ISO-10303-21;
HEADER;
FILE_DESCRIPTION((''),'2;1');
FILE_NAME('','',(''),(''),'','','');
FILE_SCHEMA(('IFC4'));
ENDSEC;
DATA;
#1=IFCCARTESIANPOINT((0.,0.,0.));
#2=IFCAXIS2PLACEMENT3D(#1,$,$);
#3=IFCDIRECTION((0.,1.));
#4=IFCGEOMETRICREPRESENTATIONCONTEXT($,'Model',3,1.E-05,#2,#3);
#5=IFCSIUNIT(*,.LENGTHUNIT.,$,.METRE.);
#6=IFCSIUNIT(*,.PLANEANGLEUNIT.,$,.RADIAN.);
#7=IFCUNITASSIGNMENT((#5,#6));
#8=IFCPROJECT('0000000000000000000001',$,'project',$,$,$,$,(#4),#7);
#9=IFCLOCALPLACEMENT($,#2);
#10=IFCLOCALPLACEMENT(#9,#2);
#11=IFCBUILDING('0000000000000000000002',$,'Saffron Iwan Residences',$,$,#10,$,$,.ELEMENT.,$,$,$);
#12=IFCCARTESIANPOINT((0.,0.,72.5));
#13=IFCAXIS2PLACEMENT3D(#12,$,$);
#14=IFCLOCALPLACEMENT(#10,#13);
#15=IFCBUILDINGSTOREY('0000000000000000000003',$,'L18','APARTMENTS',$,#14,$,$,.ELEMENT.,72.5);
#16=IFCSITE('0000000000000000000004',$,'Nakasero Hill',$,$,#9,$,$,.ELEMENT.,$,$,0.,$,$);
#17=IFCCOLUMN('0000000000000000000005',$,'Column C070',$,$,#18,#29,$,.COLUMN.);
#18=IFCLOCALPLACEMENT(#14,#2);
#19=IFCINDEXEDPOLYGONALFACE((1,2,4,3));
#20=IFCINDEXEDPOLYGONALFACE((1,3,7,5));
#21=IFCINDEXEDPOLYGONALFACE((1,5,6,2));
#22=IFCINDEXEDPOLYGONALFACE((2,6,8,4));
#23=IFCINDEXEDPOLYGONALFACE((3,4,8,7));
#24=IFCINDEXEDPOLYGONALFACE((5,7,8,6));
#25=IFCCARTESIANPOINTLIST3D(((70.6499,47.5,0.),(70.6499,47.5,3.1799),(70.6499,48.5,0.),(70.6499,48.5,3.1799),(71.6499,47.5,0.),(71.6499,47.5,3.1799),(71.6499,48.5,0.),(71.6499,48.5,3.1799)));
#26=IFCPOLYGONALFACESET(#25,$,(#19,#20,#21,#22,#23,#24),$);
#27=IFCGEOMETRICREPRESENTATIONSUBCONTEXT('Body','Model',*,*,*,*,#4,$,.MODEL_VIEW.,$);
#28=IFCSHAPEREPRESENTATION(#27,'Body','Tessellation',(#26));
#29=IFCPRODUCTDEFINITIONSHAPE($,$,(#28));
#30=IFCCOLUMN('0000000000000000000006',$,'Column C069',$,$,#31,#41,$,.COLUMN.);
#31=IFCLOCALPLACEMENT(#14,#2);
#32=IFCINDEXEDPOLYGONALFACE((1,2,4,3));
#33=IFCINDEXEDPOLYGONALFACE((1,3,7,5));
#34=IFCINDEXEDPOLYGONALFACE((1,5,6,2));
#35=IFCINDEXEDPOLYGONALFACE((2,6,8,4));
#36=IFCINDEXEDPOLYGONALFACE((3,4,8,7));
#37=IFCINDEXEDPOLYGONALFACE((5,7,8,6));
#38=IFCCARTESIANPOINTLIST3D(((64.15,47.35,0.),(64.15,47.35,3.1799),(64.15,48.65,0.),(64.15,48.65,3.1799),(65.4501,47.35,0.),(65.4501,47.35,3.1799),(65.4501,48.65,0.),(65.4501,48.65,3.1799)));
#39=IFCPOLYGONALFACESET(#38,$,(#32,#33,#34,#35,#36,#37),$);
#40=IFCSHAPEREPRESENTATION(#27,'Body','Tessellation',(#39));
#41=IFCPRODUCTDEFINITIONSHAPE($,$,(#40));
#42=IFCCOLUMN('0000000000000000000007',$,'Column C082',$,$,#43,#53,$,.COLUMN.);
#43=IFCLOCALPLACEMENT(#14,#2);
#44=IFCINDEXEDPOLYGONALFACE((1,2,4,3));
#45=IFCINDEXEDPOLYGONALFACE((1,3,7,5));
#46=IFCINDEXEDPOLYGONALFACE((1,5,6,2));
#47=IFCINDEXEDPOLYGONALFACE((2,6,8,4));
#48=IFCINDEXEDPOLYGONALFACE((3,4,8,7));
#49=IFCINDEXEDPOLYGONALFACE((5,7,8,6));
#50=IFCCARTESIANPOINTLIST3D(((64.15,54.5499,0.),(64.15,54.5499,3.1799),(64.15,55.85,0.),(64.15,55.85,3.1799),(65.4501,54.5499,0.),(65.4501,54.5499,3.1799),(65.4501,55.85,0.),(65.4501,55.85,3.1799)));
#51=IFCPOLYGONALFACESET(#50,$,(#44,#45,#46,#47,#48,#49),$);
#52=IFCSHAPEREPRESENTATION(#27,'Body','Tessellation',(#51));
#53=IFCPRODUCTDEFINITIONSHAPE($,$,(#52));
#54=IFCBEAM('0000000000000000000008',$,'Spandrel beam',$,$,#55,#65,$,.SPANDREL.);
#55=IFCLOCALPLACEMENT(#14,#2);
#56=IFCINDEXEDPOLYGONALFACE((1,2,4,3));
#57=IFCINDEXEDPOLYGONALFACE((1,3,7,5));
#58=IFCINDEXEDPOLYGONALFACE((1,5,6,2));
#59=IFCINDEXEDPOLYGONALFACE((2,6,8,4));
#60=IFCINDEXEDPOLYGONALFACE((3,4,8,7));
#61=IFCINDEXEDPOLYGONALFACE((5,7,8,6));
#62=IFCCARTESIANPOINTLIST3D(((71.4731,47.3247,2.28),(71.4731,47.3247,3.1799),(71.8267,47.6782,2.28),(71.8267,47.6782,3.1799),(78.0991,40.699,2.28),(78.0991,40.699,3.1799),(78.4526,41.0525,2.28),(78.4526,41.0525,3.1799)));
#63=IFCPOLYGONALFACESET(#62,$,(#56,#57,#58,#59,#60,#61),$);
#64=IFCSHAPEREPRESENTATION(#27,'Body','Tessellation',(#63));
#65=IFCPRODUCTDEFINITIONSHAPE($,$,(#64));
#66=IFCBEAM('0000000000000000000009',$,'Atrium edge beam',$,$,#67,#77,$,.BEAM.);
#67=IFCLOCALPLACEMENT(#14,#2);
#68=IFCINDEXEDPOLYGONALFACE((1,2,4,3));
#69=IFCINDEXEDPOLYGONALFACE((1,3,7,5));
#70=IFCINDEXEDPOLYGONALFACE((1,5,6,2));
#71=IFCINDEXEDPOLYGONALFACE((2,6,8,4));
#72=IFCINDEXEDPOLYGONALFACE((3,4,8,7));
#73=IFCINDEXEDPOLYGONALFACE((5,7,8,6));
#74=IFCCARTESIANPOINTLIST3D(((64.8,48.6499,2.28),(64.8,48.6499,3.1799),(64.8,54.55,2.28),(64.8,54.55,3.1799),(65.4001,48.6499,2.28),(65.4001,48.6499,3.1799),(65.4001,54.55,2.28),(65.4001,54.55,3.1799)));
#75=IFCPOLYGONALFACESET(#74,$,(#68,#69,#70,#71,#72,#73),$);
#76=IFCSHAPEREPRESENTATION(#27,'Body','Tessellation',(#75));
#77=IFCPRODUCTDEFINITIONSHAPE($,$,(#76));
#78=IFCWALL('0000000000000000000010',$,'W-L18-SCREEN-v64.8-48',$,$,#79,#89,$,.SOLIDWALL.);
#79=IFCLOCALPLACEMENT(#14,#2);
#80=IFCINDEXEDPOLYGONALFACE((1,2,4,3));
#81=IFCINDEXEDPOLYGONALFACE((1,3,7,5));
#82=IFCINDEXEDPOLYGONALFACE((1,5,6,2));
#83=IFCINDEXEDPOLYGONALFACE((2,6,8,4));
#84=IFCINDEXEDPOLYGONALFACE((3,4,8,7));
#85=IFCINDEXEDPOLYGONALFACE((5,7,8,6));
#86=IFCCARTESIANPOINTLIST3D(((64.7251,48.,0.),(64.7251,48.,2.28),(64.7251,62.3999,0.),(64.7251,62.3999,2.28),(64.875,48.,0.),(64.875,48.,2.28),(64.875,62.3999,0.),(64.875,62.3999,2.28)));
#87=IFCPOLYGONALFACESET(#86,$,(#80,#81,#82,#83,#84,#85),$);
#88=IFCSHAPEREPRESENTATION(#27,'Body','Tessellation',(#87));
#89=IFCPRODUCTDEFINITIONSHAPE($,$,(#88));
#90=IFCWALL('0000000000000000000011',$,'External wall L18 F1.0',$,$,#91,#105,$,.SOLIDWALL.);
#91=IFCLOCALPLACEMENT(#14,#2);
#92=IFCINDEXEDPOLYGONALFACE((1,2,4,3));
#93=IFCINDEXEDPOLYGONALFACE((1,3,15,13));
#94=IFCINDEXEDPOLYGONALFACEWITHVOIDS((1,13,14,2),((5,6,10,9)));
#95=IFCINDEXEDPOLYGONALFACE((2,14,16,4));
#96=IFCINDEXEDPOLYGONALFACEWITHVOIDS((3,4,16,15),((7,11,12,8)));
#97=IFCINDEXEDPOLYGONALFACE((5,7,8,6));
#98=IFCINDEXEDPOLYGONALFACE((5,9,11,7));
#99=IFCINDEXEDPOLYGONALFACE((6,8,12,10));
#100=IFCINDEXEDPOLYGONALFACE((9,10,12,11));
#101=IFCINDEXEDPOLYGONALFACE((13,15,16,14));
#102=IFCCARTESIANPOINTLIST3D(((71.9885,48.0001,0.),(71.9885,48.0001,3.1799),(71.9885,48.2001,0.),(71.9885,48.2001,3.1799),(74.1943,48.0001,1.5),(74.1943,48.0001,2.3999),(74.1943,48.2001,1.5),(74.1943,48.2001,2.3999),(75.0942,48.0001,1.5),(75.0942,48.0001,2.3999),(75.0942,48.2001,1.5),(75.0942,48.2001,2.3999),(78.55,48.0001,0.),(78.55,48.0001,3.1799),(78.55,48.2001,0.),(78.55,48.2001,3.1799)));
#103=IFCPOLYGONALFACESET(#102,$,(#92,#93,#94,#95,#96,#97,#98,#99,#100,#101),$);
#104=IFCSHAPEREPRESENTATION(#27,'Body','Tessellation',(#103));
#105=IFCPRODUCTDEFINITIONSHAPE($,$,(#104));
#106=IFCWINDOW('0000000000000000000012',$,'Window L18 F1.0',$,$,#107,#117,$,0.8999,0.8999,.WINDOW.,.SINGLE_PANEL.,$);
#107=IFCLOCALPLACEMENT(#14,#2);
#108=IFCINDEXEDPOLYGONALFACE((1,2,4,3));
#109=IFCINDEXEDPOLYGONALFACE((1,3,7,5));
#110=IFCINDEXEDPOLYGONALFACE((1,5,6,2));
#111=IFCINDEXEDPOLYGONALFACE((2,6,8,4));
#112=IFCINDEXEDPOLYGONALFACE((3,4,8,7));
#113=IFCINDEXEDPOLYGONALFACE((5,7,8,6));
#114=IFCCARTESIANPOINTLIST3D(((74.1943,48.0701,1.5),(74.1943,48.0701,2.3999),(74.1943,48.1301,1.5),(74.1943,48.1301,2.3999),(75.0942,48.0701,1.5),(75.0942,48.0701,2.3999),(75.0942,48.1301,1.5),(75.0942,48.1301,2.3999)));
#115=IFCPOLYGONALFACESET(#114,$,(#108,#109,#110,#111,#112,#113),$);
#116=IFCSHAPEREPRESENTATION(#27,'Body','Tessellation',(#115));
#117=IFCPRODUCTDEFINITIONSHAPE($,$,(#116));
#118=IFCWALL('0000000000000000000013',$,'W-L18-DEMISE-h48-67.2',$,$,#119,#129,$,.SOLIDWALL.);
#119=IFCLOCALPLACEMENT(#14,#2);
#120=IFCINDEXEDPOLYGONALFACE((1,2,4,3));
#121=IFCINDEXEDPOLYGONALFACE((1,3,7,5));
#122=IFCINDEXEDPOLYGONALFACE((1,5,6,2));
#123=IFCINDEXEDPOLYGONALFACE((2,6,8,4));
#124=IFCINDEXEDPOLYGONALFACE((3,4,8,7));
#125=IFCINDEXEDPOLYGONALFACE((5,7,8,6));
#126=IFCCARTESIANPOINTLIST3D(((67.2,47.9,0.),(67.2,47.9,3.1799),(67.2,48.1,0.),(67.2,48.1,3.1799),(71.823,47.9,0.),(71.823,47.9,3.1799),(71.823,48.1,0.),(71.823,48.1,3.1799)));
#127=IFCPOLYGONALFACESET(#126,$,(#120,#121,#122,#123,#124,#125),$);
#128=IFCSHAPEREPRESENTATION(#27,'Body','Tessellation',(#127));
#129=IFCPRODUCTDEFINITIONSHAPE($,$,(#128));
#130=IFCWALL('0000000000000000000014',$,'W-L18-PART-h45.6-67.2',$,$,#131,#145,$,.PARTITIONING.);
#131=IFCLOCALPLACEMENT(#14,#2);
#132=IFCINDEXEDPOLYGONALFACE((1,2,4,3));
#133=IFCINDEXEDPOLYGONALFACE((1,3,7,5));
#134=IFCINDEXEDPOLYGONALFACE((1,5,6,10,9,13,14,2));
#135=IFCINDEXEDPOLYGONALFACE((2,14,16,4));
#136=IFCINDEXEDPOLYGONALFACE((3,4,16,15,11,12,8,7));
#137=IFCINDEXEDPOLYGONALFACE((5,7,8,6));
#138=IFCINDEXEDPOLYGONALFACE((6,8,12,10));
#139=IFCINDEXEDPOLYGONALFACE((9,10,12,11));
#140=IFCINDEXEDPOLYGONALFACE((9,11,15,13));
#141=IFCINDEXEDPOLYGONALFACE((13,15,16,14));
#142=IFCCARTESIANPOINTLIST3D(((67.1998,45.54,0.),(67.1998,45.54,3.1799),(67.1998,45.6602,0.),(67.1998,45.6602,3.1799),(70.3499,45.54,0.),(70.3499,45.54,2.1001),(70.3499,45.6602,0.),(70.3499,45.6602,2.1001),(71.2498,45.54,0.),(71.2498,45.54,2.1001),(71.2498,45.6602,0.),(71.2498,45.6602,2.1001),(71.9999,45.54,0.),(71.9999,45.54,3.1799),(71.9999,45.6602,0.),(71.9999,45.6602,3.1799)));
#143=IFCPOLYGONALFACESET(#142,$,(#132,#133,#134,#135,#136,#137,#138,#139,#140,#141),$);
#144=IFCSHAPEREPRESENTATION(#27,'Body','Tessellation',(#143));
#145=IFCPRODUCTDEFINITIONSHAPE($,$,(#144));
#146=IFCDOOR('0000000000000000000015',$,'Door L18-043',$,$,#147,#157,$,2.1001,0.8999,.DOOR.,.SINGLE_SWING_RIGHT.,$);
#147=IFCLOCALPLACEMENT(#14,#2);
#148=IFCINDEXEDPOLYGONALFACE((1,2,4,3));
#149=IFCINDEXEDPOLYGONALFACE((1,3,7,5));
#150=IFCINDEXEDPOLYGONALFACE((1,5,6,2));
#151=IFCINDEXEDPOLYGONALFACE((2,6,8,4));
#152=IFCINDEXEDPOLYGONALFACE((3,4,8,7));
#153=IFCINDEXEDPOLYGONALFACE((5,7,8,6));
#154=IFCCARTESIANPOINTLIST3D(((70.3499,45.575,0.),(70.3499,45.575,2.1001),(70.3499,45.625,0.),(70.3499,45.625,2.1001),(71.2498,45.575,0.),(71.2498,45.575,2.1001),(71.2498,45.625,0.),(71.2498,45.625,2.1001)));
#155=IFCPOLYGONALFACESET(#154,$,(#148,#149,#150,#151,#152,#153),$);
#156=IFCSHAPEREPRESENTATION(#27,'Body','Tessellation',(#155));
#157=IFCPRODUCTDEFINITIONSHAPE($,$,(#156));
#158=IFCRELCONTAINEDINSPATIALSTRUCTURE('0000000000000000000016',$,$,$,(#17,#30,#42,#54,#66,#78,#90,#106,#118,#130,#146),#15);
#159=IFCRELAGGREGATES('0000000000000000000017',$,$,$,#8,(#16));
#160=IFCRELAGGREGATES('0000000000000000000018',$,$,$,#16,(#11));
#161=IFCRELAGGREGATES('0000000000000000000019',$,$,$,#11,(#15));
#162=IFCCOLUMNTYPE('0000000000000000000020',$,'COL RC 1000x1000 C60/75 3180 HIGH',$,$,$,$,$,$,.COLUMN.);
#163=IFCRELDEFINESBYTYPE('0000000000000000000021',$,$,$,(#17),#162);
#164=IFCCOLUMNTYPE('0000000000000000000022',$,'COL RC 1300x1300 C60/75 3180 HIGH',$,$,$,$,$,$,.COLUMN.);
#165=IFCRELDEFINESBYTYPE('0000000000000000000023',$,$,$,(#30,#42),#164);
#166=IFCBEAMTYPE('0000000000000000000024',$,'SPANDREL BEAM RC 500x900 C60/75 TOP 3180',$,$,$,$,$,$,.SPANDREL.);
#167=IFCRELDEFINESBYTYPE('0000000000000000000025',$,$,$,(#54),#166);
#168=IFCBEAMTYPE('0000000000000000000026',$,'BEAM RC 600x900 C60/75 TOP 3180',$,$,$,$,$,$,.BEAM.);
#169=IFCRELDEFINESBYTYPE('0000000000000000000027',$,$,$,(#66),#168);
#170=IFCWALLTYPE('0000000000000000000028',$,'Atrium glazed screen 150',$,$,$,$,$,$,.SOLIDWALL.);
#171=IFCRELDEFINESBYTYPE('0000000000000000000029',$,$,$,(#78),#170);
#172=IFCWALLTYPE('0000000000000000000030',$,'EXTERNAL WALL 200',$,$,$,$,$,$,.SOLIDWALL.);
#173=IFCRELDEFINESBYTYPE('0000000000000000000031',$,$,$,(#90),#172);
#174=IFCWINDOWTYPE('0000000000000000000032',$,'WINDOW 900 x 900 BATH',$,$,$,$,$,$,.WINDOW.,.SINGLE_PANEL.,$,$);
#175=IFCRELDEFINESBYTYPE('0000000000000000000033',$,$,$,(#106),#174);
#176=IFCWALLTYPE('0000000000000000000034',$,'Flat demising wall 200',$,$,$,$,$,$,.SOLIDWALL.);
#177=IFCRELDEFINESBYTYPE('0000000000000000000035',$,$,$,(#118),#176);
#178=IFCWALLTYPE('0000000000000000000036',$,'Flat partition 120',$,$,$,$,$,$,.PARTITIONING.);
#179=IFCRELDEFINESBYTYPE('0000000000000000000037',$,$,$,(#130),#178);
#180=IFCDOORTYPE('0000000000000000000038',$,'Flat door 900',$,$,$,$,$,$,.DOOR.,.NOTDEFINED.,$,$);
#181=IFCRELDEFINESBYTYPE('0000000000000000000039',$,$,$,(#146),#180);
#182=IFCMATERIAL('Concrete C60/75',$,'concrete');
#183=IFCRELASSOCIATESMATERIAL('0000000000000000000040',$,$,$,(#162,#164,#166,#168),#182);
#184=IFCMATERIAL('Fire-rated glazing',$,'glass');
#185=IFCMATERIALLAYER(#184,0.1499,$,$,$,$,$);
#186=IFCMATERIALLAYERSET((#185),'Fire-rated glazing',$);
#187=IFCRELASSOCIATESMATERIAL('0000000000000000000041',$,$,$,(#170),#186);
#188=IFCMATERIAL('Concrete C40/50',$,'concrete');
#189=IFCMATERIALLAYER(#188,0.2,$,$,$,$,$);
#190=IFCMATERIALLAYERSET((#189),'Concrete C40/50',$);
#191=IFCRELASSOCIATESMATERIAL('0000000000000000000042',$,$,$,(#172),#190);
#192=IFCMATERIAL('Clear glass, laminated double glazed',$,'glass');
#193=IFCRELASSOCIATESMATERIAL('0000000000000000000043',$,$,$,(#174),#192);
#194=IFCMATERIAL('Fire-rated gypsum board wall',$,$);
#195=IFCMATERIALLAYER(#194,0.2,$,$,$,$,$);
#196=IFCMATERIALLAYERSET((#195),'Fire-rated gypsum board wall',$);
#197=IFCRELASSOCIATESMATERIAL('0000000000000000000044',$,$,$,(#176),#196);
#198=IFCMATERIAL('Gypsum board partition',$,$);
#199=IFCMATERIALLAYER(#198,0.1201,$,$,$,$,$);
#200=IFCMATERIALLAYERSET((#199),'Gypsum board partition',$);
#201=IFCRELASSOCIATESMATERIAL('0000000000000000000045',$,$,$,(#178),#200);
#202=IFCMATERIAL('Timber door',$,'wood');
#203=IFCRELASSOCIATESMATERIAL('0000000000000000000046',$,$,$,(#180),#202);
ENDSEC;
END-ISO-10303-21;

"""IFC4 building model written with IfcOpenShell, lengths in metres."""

from ifc_helpers import new_model, si_unit, direction, frame, frame_2d, origin, origin_2d, place, context, subcontext, project, spatial, rectangle, extrude, source, transform, mapped, material, layer, layer_set, material_profile, profile_set, type_object, element, fill, save


model = new_model("IFC4")

# Units and contexts
model_context = context("Model", 3, precision=1e-05, world=origin(), true_north=direction((0.0, 1.0)))
body_context = subcontext(model_context, "Body", "Model", "MODEL_VIEW")
ifc_project = project(units=[si_unit("LENGTHUNIT", "METRE"), si_unit("PLANEANGLEUNIT", "RADIAN")], contexts=[model_context])

# Site, building, storey
site_placement = place(None, origin())
site = spatial("IfcSite", under=ifc_project, at=site_placement, Name="Nakasero Hill", CompositionType="ELEMENT", RefElevation=0.0)
building_placement = place(site_placement, origin())
building = spatial("IfcBuilding", under=site, at=building_placement, Name="Saffron Iwan Residences", CompositionType="ELEMENT")
storey_placement = place(building_placement, frame((0.0, 0.0, 72.5)))
storey = spatial("IfcBuildingStorey", under=building, at=storey_placement, Name="L18", Description="APARTMENTS", CompositionType="ELEMENT", Elevation=72.5)

# Columns
ifc_material_1 = material(Name="Concrete C60/75", Category="concrete")
ifc_material_profile_1 = material_profile(ifc_material_1, rectangle(XDim=1.0, YDim=1.0, at=origin_2d()), Name="RC 1000x1000")
ifc_profile_set_1 = profile_set([ifc_material_profile_1], Name="Concrete C60/75")
column_type_1 = type_object("IfcColumnType", Name="COL RC 1000x1000 C60/75 3180 HIGH", PredefinedType="COLUMN", material=ifc_profile_set_1)
shared_shape_1 = source(origin(), body_context, "Body", "SweptSolid", [
    extrude(rectangle(XDim=1.0, YDim=1.0, at=origin_2d()), origin(), (0.0, 0.0, 1.0), 3.1799),
])
column_placement = place(storey_placement, frame((71.1499, 48.0, 0.0), z_axis=(0.0, 0.0, 1.0), x_axis=(1.0, 0.0, 0.0)))
element("IfcColumn", 1, at=column_placement, inside=storey, type_object=column_type_1, Name="Column C070", PredefinedType="COLUMN", context=body_context, shape_type="MappedRepresentation", body=[
    mapped(shared_shape_1, transform((0.0, 0.0, 0.0))),
])
ifc_material_profile_2 = material_profile(ifc_material_1, rectangle(XDim=1.3, YDim=1.3, at=origin_2d()), Name="RC 1300x1300")
ifc_profile_set_2 = profile_set([ifc_material_profile_2], Name="Concrete C60/75")
column_type_2 = type_object("IfcColumnType", Name="COL RC 1300x1300 C60/75 3180 HIGH", PredefinedType="COLUMN", material=ifc_profile_set_2)
shared_shape_2 = source(origin(), body_context, "Body", "SweptSolid", [
    extrude(rectangle(XDim=1.3, YDim=1.3, at=origin_2d()), origin(), (0.0, 0.0, 1.0), 3.1799),
])
for number, where, z_axis, x_axis, name in (
    (2, (64.8, 48.0, 0.0), (0.0, 0.0, 1.0), (1.0, 0.0, 0.0), "Column C069"),
    (3, (64.8, 55.2, 0.0), (0.0, 0.0, 1.0), (1.0, 0.0, 0.0), "Column C082"),
):
    element("IfcColumn", number, at=place(storey_placement, frame(where, z_axis=z_axis, x_axis=x_axis)), inside=storey, type_object=column_type_2, Name=name, PredefinedType="COLUMN", context=body_context, shape_type="MappedRepresentation", body=[
        mapped(shared_shape_2, transform((0.0, 0.0, 0.0))),
    ])

# Beams
ifc_material_profile_3 = material_profile(ifc_material_1, rectangle(XDim=0.5, YDim=0.8999, at=origin_2d()), Name="RC 500x900")
ifc_profile_set_3 = profile_set([ifc_material_profile_3], Name="Concrete C60/75")
beam_type_1 = type_object("IfcBeamType", Name="SPANDREL BEAM RC 500x900 C60/75 TOP 3180", PredefinedType="SPANDREL", material=ifc_profile_set_3)
shared_shape_3 = source(origin(), body_context, "Body", "SweptSolid", [
    extrude(rectangle(XDim=0.5, YDim=0.8999, at=origin_2d()), origin(), (0.0, 0.0, 1.0), 9.3704),
])
beam_1_placement = place(storey_placement, frame((71.6499, 47.5015, 2.73), z_axis=(0.70712, -0.707094, 0.0), x_axis=(0.707094, 0.70712, 0.0)))
element("IfcBeam", 4, at=beam_1_placement, inside=storey, type_object=beam_type_1, Name="Spandrel beam", PredefinedType="SPANDREL", context=body_context, shape_type="MappedRepresentation", body=[
    mapped(shared_shape_3, transform((0.0, 0.0, 0.0))),
])
ifc_material_profile_4 = material_profile(ifc_material_1, rectangle(XDim=0.6001, YDim=0.8999, at=origin_2d()), Name="RC 600x900")
ifc_profile_set_4 = profile_set([ifc_material_profile_4], Name="Concrete C60/75")
beam_type_2 = type_object("IfcBeamType", Name="BEAM RC 600x900 C60/75 TOP 3180", PredefinedType="BEAM", material=ifc_profile_set_4)
shared_shape_4 = source(origin(), body_context, "Body", "SweptSolid", [
    extrude(rectangle(XDim=0.6001, YDim=0.8999, at=origin_2d()), origin(), (0.0, 0.0, 1.0), 5.9001),
])
beam_2_placement = place(storey_placement, frame((65.1001, 54.55, 2.73), z_axis=(0.0, -1.0, 0.0), x_axis=(1.0, 0.0, 0.0)))
element("IfcBeam", 5, at=beam_2_placement, inside=storey, type_object=beam_type_2, Name="Atrium edge beam", PredefinedType="BEAM", context=body_context, shape_type="MappedRepresentation", body=[
    mapped(shared_shape_4, transform((0.0, 0.0, 0.0))),
])

# Wall
ifc_material_2 = material(Name="Fire-rated glazing", Category="glass")
ifc_layer_1 = layer(ifc_material_2, 0.1499)
ifc_layer_set_1 = layer_set([ifc_layer_1], Name="Fire-rated glazing")
wall_type_1 = type_object("IfcWallType", Name="Atrium glazed screen 150", PredefinedType="SOLIDWALL", material=ifc_layer_set_1)
wall_1_placement = place(storey_placement, frame((64.8, 48.0, 0.0), z_axis=(0.0, 0.0, 1.0), x_axis=(0.0, 1.0, 0.0)))
element("IfcWall", 6, at=wall_1_placement, inside=storey, type_object=wall_type_1, Name="W-L18-SCREEN-v64.8-48", PredefinedType="SOLIDWALL", context=body_context, shape_type="SweptSolid", body=[
    extrude(rectangle(XDim=14.3999, YDim=0.1499, at=frame_2d((7.2, 0.0))), origin(), (0.0, 0.0, 1.0), 2.28),
])

# Wall, opening, window
ifc_material_3 = material(Name="Concrete C40/50", Category="concrete")
ifc_layer_2 = layer(ifc_material_3, 0.2)
ifc_layer_set_2 = layer_set([ifc_layer_2], Name="Concrete C40/50")
wall_type_2 = type_object("IfcWallType", Name="EXTERNAL WALL 200", PredefinedType="SOLIDWALL", material=ifc_layer_set_2)
wall_2_placement = place(storey_placement, frame((71.9885, 48.1001, 0.0), z_axis=(0.0, 0.0, 1.0), x_axis=(1.0, 0.0, 0.0)))
wall_2 = element("IfcWall", 7, at=wall_2_placement, inside=storey, type_object=wall_type_2, Name="External wall L18 F1.0", PredefinedType="SOLIDWALL", context=body_context, shape_type="SweptSolid", body=[
    extrude(rectangle(XDim=6.5615, YDim=0.2, at=frame_2d((3.2808, 0.0))), origin(), (0.0, 0.0, 1.0), 3.1799),
])
opening_1_placement = place(wall_2_placement, frame((2.2058, 0.0, 1.5)))
opening_1 = element("IfcOpeningElement", 8, at=opening_1_placement, cuts=wall_2, PredefinedType="OPENING", context=body_context, shape_type="SweptSolid", body=[
    extrude(rectangle(XDim=0.8999, YDim=0.8999, at=frame_2d((0.45, 0.45))), frame((0.0, 0.1099, 0.0), z_axis=(0.0, -1.0, 0.0), x_axis=(1.0, 0.0, 0.0)), (0.0, 0.0, 1.0), 0.22),
])
ifc_material_4 = material(Name="Clear glass, laminated double glazed", Category="glass")
window_type = type_object("IfcWindowType", Name="WINDOW 900 x 900 BATH", PartitioningType="SINGLE_PANEL", PredefinedType="WINDOW", material=ifc_material_4)
window_placement = place(opening_1_placement, origin())
window = element("IfcWindow", 9, at=window_placement, inside=storey, type_object=window_type, Name="Window L18 F1.0", OverallHeight=0.8999, OverallWidth=0.8999, PartitioningType="SINGLE_PANEL", PredefinedType="WINDOW", context=body_context, shape_type="SweptSolid", body=[
    extrude(rectangle(XDim=0.8999, YDim=0.8999, at=frame_2d((0.45, 0.45))), frame((0.0, 0.03, 0.0), z_axis=(0.0, -1.0, 0.0), x_axis=(1.0, 0.0, 0.0)), (0.0, 0.0, 1.0), 0.0601),
])
fill(opening_1, window)

# Wall
ifc_material_5 = material(Name="Fire-rated gypsum board wall")
ifc_layer_3 = layer(ifc_material_5, 0.2)
ifc_layer_set_3 = layer_set([ifc_layer_3], Name="Fire-rated gypsum board wall")
wall_type_3 = type_object("IfcWallType", Name="Flat demising wall 200", PredefinedType="SOLIDWALL", material=ifc_layer_set_3)
wall_3_placement = place(storey_placement, frame((67.2, 48.0, 0.0), z_axis=(0.0, 0.0, 1.0), x_axis=(1.0, 0.0, 0.0)))
element("IfcWall", 10, at=wall_3_placement, inside=storey, type_object=wall_type_3, Name="W-L18-DEMISE-h48-67.2", PredefinedType="SOLIDWALL", context=body_context, shape_type="SweptSolid", body=[
    extrude(rectangle(XDim=4.623, YDim=0.2, at=frame_2d((2.3115, 0.0))), origin(), (0.0, 0.0, 1.0), 3.1799),
])

# Wall, opening, door
ifc_material_6 = material(Name="Gypsum board partition")
ifc_layer_4 = layer(ifc_material_6, 0.1201)
ifc_layer_set_4 = layer_set([ifc_layer_4], Name="Gypsum board partition")
wall_type_4 = type_object("IfcWallType", Name="Flat partition 120", PredefinedType="PARTITIONING", material=ifc_layer_set_4)
wall_4_placement = place(storey_placement, frame((67.2, 45.6001, 0.0), z_axis=(0.0, 0.0, 1.0), x_axis=(1.0, 0.0, 0.0)))
wall_4 = element("IfcWall", 11, at=wall_4_placement, inside=storey, type_object=wall_type_4, Name="W-L18-PART-h45.6-67.2", PredefinedType="PARTITIONING", context=body_context, shape_type="SweptSolid", body=[
    extrude(rectangle(XDim=4.8, YDim=0.1201, at=frame_2d((2.3999, 0.0))), origin(), (0.0, 0.0, 1.0), 3.1799),
])
opening_2_placement = place(wall_4_placement, frame((3.1499, 0.0, 0.0)))
opening_2 = element("IfcOpeningElement", 12, at=opening_2_placement, cuts=wall_4, PredefinedType="OPENING", context=body_context, shape_type="SweptSolid", body=[
    extrude(rectangle(XDim=0.8999, YDim=2.1001, at=frame_2d((0.45, 1.05))), frame((0.0, 0.0701, 0.0), z_axis=(0.0, -1.0, 0.0), x_axis=(1.0, 0.0, 0.0)), (0.0, 0.0, 1.0), 0.1401),
])
ifc_material_7 = material(Name="Timber door", Category="wood")
door_type_1 = type_object("IfcDoorType", Name="Flat door 900", OperationType="NOTDEFINED", PredefinedType="DOOR", material=ifc_material_7)
door_1_placement = place(opening_2_placement, origin())
door_1 = element("IfcDoor", 13, at=door_1_placement, inside=storey, type_object=door_type_1, Name="Door L18-043", OperationType="SINGLE_SWING_RIGHT", OverallHeight=2.1001, OverallWidth=0.8999, PredefinedType="DOOR", context=body_context, shape_type="SweptSolid", body=[
    extrude(rectangle(XDim=0.8999, YDim=2.1001, at=frame_2d((0.45, 1.05))), frame((0.0, 0.0249, 0.0), z_axis=(0.0, -1.0, 0.0), x_axis=(1.0, 0.0, 0.0)), (0.0, 0.0, 1.0), 0.05),
])
fill(opening_2, door_1)

save(model, "model.ifc")
